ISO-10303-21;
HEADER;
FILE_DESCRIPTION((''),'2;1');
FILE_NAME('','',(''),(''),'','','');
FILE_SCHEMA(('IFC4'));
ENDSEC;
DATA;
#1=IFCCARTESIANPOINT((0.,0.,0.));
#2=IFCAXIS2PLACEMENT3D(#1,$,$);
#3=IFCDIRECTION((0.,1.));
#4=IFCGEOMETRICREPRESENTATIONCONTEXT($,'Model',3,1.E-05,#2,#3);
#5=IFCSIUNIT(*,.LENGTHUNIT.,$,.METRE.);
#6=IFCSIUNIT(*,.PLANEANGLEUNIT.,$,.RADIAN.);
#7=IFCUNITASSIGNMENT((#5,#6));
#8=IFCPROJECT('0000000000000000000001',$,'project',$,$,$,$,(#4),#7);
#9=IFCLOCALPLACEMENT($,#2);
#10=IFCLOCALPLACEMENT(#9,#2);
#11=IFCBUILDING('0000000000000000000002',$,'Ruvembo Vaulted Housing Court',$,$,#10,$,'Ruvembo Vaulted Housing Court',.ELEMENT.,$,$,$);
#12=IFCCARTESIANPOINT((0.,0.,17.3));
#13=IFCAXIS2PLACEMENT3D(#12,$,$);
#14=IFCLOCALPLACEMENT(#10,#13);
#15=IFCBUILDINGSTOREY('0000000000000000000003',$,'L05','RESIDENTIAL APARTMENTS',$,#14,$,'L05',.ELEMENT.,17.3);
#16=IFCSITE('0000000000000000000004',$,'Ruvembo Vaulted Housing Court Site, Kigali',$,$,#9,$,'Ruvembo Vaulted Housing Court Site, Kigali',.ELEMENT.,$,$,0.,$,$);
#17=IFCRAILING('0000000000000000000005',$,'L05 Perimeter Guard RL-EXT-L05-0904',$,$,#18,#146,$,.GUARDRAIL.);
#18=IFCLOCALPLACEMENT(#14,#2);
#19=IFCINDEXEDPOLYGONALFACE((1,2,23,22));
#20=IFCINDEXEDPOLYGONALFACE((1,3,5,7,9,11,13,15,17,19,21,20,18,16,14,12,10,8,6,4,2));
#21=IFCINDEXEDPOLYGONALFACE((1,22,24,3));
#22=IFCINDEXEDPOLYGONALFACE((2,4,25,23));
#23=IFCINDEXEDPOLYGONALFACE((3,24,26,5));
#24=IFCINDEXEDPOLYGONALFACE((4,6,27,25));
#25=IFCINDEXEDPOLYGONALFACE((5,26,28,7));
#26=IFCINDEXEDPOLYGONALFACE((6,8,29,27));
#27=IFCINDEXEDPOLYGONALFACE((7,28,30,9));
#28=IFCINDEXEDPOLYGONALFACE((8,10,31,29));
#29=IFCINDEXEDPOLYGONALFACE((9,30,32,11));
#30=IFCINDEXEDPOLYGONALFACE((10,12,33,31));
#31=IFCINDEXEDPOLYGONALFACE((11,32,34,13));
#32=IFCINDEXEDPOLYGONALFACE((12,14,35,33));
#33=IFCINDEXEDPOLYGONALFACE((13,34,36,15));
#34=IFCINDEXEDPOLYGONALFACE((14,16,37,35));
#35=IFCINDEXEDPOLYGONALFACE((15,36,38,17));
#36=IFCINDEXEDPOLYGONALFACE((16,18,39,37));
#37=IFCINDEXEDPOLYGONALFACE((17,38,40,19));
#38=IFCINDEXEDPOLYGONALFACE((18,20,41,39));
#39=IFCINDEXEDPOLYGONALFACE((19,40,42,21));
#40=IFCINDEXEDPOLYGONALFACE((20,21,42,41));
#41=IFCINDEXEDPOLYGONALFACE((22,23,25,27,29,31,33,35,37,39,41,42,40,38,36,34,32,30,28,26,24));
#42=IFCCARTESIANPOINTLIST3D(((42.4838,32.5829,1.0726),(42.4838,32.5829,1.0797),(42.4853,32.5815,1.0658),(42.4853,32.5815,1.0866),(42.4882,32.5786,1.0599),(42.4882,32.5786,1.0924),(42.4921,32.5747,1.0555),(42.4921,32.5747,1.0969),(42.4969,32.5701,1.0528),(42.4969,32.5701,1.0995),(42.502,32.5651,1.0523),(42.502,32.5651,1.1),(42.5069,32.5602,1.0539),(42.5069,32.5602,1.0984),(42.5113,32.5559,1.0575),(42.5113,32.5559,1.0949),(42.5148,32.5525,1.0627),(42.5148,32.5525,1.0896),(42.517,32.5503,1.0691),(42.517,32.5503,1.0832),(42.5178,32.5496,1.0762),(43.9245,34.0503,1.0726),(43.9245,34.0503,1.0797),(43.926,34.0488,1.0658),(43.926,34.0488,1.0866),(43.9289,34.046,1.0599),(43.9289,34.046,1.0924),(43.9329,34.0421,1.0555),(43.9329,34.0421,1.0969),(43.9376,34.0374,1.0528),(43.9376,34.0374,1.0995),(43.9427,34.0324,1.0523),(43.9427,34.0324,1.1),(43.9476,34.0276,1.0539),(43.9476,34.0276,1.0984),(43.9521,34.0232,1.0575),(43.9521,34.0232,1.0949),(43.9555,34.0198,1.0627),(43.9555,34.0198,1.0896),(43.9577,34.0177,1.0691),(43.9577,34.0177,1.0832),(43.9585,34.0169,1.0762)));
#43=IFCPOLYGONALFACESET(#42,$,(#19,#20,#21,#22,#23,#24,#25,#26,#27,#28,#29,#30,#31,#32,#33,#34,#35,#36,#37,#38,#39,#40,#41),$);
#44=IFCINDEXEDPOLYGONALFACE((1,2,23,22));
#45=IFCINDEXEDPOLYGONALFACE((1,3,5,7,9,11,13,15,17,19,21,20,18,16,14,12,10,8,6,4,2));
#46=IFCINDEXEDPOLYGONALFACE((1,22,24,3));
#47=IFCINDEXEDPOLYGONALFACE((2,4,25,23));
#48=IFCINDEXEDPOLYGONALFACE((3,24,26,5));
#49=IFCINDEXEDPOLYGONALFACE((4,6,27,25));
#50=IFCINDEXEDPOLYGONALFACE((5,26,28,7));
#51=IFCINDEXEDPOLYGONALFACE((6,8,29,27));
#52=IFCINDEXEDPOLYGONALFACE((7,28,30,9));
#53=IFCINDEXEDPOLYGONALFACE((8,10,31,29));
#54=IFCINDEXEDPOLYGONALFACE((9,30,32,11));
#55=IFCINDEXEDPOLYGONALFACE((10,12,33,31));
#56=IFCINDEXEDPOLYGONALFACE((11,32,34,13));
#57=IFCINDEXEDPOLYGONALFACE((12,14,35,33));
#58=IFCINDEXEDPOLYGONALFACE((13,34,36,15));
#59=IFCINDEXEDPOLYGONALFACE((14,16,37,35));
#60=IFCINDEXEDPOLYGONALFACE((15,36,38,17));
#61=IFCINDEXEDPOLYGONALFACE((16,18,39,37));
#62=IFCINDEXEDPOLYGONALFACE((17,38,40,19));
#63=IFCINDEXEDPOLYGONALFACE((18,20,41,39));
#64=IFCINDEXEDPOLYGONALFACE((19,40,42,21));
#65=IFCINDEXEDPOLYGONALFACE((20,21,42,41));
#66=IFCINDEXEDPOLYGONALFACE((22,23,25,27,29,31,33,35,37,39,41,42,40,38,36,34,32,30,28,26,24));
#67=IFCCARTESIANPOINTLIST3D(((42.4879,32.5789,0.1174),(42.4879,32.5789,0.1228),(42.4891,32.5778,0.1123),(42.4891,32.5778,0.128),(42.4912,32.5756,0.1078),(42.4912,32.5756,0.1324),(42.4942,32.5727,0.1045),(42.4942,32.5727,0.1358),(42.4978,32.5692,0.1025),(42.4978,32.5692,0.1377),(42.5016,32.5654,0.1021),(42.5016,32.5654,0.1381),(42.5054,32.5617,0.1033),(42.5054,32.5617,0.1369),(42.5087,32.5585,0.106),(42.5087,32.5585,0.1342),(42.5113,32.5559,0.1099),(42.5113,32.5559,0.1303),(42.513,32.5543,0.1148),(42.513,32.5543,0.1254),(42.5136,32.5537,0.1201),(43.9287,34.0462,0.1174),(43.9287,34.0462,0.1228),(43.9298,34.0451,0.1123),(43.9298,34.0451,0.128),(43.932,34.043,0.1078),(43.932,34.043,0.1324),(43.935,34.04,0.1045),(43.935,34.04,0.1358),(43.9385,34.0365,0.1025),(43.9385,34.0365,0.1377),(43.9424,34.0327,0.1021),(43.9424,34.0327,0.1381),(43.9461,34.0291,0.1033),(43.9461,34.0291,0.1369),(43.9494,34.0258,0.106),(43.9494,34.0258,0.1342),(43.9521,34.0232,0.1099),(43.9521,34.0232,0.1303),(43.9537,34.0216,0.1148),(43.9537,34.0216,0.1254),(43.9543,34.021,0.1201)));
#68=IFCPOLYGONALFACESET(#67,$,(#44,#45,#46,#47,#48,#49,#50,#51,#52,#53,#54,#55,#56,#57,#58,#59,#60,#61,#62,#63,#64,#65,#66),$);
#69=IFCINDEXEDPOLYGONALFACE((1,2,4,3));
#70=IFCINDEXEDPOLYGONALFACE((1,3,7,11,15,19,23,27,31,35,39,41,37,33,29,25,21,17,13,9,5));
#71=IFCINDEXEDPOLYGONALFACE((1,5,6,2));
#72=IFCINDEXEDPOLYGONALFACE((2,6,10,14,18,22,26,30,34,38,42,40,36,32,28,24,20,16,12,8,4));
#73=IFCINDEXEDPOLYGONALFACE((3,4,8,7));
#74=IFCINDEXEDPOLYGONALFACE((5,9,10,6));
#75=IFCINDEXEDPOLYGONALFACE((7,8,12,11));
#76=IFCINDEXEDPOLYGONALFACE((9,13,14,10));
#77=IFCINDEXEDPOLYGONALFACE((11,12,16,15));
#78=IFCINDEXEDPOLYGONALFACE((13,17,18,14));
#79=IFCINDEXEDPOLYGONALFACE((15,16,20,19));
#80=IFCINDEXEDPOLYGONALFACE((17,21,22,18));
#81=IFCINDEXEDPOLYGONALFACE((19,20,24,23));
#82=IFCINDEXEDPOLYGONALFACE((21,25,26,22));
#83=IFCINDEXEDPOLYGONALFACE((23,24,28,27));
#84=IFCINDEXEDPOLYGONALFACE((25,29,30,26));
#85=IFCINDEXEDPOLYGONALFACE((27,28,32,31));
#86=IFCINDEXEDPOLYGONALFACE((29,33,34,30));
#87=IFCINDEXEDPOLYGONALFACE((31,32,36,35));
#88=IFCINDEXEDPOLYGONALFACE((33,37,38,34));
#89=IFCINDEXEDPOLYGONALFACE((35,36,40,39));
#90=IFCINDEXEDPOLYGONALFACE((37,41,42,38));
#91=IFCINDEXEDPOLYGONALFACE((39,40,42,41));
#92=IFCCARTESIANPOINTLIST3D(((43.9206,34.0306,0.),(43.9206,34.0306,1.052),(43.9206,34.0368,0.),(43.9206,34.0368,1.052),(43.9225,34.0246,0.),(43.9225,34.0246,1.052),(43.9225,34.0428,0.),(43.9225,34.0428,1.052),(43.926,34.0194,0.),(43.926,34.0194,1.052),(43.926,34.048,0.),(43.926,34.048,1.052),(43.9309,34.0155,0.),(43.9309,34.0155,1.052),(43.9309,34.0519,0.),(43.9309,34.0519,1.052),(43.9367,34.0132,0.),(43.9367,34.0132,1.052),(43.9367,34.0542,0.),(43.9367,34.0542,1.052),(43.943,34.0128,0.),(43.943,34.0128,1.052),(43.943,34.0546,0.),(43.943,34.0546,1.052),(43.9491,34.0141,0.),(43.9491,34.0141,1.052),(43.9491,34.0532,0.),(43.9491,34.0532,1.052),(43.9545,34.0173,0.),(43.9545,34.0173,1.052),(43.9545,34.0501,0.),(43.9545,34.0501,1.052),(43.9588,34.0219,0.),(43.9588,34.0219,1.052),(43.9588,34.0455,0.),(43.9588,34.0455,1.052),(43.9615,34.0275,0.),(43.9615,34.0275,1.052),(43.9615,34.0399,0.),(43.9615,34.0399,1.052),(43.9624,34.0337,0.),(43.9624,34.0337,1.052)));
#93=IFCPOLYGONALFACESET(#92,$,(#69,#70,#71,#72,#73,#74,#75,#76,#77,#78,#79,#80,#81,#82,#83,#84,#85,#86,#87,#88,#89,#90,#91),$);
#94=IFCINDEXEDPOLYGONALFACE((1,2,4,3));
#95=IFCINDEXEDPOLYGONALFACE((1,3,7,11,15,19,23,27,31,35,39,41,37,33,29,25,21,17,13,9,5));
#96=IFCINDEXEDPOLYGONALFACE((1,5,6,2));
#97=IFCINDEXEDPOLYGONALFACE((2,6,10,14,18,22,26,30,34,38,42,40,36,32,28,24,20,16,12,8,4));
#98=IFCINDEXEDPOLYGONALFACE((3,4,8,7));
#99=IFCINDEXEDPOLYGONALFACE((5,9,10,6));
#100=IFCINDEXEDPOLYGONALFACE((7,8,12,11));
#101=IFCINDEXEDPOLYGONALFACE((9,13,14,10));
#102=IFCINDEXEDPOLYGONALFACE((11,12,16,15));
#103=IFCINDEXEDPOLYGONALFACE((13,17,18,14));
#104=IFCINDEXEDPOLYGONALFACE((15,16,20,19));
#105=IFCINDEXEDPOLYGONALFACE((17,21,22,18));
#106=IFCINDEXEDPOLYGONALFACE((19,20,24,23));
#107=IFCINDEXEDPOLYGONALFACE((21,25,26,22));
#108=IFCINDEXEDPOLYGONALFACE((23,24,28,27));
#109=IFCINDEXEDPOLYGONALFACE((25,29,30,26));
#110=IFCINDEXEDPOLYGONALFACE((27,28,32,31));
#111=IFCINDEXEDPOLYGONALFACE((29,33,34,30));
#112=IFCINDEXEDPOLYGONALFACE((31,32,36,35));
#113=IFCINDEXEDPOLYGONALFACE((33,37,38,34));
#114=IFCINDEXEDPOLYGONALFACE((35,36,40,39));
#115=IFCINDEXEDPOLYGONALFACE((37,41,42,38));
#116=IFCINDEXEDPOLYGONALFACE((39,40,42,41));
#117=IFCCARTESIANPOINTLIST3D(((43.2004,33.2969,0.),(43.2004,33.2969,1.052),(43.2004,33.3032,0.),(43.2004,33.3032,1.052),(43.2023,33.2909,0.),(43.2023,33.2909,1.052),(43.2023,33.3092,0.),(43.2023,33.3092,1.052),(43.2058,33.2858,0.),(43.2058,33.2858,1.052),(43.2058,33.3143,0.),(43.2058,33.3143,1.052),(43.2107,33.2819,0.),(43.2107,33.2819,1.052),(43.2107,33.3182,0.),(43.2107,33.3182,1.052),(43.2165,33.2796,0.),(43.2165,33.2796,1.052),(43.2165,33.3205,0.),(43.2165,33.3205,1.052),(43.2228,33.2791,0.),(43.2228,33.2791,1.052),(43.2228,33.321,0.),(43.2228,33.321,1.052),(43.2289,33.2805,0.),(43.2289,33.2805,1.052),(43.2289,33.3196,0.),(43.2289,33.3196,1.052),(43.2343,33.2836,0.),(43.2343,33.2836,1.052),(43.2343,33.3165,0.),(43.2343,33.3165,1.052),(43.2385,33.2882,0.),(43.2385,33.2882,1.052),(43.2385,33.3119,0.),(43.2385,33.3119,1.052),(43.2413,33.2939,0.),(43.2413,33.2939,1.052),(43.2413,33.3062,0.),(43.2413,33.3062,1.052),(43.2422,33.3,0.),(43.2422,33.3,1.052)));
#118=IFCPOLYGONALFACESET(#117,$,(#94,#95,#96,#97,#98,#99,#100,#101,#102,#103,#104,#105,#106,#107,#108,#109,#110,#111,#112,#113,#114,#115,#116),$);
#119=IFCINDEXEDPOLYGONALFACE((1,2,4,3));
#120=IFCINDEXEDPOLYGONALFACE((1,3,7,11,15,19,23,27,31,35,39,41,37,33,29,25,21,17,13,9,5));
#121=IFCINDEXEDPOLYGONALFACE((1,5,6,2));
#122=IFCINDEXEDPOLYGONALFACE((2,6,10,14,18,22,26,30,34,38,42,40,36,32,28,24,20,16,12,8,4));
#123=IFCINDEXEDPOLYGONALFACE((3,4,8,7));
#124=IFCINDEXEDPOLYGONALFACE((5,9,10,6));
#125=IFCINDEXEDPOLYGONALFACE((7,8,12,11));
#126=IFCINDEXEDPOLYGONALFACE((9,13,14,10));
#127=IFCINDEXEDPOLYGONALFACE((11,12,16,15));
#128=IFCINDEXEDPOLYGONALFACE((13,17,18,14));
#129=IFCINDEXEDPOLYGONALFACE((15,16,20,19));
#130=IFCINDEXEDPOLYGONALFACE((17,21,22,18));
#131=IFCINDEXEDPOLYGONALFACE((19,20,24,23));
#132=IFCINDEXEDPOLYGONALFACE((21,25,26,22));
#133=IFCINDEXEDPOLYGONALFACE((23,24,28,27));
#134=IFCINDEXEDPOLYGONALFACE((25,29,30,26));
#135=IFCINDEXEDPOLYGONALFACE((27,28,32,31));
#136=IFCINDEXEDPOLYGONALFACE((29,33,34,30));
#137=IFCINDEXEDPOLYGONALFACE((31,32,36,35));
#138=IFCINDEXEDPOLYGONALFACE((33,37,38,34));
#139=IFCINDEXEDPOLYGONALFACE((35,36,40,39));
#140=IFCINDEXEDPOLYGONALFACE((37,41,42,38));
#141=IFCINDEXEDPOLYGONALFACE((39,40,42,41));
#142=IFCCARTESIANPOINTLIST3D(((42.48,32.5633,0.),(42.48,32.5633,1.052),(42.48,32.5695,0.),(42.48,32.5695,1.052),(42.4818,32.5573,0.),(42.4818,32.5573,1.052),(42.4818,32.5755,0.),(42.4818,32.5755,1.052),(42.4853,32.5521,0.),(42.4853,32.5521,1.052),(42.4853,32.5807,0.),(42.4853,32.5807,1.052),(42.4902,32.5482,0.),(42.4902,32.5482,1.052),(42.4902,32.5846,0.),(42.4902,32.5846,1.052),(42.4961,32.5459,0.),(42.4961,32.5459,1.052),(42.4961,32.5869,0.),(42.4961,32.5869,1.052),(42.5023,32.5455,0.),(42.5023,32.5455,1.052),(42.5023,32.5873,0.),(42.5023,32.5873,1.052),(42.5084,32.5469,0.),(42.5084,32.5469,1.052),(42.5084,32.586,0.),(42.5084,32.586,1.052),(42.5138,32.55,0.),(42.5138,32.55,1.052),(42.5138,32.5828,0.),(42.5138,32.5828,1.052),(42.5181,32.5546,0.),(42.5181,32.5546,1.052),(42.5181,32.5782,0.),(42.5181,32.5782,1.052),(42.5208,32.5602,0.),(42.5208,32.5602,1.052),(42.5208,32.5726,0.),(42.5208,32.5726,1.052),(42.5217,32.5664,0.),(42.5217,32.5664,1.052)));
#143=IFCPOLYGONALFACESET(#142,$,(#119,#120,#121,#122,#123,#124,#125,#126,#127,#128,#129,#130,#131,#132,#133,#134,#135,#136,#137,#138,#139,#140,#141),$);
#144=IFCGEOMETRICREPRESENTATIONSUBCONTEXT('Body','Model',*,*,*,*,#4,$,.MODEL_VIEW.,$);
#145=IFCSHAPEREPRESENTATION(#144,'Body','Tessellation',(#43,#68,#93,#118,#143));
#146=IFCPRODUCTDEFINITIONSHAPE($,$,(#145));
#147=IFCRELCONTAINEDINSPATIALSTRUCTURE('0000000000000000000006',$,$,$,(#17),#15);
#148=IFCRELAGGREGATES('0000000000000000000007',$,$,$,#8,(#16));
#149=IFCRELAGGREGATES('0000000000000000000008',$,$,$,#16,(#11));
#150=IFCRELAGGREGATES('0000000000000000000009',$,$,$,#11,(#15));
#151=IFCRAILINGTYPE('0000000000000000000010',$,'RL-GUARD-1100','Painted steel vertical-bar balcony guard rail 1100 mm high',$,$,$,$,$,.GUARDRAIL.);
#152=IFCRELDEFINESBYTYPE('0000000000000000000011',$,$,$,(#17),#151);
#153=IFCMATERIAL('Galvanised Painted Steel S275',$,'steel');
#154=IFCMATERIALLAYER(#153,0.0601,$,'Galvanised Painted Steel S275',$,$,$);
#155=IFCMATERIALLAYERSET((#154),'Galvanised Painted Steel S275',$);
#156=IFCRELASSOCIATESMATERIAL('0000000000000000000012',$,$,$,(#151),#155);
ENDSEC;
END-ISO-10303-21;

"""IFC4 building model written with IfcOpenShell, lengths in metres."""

from ifc_helpers import new_model, si_unit, direction, frame, origin, origin_2d, place, context, subcontext, project, spatial, circle, extrude, material, layer, layer_set, type_object, element, save


model = new_model("IFC4")

# Units and contexts
model_context = context("Model", 3, precision=1e-05, world=origin(), true_north=direction((0.0, 1.0)))
body_context = subcontext(model_context, "Body", "Model", "MODEL_VIEW")
ifc_project = project(units=[si_unit("LENGTHUNIT", "METRE"), si_unit("PLANEANGLEUNIT", "RADIAN")], contexts=[model_context])

# Site, building, storey
site_placement = place(None, origin())
site = spatial("IfcSite", under=ifc_project, at=site_placement, Name="Ruvembo Vaulted Housing Court Site, Kigali", LongName="Ruvembo Vaulted Housing Court Site, Kigali", CompositionType="ELEMENT", RefElevation=0.0)
building_placement = place(site_placement, origin())
building = spatial("IfcBuilding", under=site, at=building_placement, Name="Ruvembo Vaulted Housing Court", LongName="Ruvembo Vaulted Housing Court", CompositionType="ELEMENT")
storey_placement = place(building_placement, frame((0.0, 0.0, 17.3)))
storey = spatial("IfcBuildingStorey", under=building, at=storey_placement, Name="L05", Description="RESIDENTIAL APARTMENTS", LongName="L05", CompositionType="ELEMENT", Elevation=17.3)

# Railing
ifc_material_1 = material(Name="Galvanised Painted Steel S275", Category="steel")
ifc_layer_1 = layer(ifc_material_1, 0.0601, Name="Galvanised Painted Steel S275")
ifc_layer_set_1 = layer_set([ifc_layer_1], Name="Galvanised Painted Steel S275")
railing_type = type_object("IfcRailingType", Name="RL-GUARD-1100", Description="Painted steel vertical-bar balcony guard rail 1100 mm high", PredefinedType="GUARDRAIL", material=ifc_layer_set_1)
railing_1_placement = place(storey_placement, frame((43.9414, 34.0337, 0.0)))
element("IfcRailing", 1, at=railing_1_placement, inside=storey, type_object=railing_type, Name="L05 Perimeter Guard RL-EXT-L05-0904", PredefinedType="GUARDRAIL", context=body_context, shape_type="SweptSolid", body=[
    extrude(circle(Radius=0.0239, at=origin_2d()), frame((0.0, 0.0, 1.0762), z_axis=(-0.700607, -0.713548, 0.0), x_axis=(0.713548, -0.700607, 0.0)), (0.0, 0.0, 1.0), 2.0564),
    extrude(circle(Radius=0.0181, at=origin_2d()), frame((0.0, 0.0, 0.1201), z_axis=(-0.700607, -0.713548, 0.0), x_axis=(0.713548, -0.700607, 0.0)), (0.0, 0.0, 1.0), 2.0564),
    extrude(circle(Radius=0.021, at=origin_2d()), origin(), (0.0, 0.0, 1.0), 1.052),
    extrude(circle(Radius=0.021, at=origin_2d()), frame((-0.7202, -0.7336, 0.0)), (0.0, 0.0, 1.0), 1.052),
    extrude(circle(Radius=0.021, at=origin_2d()), frame((-1.4407, -1.4673, 0.0)), (0.0, 0.0, 1.0), 1.052),
])

save(model, "model.ifc")
